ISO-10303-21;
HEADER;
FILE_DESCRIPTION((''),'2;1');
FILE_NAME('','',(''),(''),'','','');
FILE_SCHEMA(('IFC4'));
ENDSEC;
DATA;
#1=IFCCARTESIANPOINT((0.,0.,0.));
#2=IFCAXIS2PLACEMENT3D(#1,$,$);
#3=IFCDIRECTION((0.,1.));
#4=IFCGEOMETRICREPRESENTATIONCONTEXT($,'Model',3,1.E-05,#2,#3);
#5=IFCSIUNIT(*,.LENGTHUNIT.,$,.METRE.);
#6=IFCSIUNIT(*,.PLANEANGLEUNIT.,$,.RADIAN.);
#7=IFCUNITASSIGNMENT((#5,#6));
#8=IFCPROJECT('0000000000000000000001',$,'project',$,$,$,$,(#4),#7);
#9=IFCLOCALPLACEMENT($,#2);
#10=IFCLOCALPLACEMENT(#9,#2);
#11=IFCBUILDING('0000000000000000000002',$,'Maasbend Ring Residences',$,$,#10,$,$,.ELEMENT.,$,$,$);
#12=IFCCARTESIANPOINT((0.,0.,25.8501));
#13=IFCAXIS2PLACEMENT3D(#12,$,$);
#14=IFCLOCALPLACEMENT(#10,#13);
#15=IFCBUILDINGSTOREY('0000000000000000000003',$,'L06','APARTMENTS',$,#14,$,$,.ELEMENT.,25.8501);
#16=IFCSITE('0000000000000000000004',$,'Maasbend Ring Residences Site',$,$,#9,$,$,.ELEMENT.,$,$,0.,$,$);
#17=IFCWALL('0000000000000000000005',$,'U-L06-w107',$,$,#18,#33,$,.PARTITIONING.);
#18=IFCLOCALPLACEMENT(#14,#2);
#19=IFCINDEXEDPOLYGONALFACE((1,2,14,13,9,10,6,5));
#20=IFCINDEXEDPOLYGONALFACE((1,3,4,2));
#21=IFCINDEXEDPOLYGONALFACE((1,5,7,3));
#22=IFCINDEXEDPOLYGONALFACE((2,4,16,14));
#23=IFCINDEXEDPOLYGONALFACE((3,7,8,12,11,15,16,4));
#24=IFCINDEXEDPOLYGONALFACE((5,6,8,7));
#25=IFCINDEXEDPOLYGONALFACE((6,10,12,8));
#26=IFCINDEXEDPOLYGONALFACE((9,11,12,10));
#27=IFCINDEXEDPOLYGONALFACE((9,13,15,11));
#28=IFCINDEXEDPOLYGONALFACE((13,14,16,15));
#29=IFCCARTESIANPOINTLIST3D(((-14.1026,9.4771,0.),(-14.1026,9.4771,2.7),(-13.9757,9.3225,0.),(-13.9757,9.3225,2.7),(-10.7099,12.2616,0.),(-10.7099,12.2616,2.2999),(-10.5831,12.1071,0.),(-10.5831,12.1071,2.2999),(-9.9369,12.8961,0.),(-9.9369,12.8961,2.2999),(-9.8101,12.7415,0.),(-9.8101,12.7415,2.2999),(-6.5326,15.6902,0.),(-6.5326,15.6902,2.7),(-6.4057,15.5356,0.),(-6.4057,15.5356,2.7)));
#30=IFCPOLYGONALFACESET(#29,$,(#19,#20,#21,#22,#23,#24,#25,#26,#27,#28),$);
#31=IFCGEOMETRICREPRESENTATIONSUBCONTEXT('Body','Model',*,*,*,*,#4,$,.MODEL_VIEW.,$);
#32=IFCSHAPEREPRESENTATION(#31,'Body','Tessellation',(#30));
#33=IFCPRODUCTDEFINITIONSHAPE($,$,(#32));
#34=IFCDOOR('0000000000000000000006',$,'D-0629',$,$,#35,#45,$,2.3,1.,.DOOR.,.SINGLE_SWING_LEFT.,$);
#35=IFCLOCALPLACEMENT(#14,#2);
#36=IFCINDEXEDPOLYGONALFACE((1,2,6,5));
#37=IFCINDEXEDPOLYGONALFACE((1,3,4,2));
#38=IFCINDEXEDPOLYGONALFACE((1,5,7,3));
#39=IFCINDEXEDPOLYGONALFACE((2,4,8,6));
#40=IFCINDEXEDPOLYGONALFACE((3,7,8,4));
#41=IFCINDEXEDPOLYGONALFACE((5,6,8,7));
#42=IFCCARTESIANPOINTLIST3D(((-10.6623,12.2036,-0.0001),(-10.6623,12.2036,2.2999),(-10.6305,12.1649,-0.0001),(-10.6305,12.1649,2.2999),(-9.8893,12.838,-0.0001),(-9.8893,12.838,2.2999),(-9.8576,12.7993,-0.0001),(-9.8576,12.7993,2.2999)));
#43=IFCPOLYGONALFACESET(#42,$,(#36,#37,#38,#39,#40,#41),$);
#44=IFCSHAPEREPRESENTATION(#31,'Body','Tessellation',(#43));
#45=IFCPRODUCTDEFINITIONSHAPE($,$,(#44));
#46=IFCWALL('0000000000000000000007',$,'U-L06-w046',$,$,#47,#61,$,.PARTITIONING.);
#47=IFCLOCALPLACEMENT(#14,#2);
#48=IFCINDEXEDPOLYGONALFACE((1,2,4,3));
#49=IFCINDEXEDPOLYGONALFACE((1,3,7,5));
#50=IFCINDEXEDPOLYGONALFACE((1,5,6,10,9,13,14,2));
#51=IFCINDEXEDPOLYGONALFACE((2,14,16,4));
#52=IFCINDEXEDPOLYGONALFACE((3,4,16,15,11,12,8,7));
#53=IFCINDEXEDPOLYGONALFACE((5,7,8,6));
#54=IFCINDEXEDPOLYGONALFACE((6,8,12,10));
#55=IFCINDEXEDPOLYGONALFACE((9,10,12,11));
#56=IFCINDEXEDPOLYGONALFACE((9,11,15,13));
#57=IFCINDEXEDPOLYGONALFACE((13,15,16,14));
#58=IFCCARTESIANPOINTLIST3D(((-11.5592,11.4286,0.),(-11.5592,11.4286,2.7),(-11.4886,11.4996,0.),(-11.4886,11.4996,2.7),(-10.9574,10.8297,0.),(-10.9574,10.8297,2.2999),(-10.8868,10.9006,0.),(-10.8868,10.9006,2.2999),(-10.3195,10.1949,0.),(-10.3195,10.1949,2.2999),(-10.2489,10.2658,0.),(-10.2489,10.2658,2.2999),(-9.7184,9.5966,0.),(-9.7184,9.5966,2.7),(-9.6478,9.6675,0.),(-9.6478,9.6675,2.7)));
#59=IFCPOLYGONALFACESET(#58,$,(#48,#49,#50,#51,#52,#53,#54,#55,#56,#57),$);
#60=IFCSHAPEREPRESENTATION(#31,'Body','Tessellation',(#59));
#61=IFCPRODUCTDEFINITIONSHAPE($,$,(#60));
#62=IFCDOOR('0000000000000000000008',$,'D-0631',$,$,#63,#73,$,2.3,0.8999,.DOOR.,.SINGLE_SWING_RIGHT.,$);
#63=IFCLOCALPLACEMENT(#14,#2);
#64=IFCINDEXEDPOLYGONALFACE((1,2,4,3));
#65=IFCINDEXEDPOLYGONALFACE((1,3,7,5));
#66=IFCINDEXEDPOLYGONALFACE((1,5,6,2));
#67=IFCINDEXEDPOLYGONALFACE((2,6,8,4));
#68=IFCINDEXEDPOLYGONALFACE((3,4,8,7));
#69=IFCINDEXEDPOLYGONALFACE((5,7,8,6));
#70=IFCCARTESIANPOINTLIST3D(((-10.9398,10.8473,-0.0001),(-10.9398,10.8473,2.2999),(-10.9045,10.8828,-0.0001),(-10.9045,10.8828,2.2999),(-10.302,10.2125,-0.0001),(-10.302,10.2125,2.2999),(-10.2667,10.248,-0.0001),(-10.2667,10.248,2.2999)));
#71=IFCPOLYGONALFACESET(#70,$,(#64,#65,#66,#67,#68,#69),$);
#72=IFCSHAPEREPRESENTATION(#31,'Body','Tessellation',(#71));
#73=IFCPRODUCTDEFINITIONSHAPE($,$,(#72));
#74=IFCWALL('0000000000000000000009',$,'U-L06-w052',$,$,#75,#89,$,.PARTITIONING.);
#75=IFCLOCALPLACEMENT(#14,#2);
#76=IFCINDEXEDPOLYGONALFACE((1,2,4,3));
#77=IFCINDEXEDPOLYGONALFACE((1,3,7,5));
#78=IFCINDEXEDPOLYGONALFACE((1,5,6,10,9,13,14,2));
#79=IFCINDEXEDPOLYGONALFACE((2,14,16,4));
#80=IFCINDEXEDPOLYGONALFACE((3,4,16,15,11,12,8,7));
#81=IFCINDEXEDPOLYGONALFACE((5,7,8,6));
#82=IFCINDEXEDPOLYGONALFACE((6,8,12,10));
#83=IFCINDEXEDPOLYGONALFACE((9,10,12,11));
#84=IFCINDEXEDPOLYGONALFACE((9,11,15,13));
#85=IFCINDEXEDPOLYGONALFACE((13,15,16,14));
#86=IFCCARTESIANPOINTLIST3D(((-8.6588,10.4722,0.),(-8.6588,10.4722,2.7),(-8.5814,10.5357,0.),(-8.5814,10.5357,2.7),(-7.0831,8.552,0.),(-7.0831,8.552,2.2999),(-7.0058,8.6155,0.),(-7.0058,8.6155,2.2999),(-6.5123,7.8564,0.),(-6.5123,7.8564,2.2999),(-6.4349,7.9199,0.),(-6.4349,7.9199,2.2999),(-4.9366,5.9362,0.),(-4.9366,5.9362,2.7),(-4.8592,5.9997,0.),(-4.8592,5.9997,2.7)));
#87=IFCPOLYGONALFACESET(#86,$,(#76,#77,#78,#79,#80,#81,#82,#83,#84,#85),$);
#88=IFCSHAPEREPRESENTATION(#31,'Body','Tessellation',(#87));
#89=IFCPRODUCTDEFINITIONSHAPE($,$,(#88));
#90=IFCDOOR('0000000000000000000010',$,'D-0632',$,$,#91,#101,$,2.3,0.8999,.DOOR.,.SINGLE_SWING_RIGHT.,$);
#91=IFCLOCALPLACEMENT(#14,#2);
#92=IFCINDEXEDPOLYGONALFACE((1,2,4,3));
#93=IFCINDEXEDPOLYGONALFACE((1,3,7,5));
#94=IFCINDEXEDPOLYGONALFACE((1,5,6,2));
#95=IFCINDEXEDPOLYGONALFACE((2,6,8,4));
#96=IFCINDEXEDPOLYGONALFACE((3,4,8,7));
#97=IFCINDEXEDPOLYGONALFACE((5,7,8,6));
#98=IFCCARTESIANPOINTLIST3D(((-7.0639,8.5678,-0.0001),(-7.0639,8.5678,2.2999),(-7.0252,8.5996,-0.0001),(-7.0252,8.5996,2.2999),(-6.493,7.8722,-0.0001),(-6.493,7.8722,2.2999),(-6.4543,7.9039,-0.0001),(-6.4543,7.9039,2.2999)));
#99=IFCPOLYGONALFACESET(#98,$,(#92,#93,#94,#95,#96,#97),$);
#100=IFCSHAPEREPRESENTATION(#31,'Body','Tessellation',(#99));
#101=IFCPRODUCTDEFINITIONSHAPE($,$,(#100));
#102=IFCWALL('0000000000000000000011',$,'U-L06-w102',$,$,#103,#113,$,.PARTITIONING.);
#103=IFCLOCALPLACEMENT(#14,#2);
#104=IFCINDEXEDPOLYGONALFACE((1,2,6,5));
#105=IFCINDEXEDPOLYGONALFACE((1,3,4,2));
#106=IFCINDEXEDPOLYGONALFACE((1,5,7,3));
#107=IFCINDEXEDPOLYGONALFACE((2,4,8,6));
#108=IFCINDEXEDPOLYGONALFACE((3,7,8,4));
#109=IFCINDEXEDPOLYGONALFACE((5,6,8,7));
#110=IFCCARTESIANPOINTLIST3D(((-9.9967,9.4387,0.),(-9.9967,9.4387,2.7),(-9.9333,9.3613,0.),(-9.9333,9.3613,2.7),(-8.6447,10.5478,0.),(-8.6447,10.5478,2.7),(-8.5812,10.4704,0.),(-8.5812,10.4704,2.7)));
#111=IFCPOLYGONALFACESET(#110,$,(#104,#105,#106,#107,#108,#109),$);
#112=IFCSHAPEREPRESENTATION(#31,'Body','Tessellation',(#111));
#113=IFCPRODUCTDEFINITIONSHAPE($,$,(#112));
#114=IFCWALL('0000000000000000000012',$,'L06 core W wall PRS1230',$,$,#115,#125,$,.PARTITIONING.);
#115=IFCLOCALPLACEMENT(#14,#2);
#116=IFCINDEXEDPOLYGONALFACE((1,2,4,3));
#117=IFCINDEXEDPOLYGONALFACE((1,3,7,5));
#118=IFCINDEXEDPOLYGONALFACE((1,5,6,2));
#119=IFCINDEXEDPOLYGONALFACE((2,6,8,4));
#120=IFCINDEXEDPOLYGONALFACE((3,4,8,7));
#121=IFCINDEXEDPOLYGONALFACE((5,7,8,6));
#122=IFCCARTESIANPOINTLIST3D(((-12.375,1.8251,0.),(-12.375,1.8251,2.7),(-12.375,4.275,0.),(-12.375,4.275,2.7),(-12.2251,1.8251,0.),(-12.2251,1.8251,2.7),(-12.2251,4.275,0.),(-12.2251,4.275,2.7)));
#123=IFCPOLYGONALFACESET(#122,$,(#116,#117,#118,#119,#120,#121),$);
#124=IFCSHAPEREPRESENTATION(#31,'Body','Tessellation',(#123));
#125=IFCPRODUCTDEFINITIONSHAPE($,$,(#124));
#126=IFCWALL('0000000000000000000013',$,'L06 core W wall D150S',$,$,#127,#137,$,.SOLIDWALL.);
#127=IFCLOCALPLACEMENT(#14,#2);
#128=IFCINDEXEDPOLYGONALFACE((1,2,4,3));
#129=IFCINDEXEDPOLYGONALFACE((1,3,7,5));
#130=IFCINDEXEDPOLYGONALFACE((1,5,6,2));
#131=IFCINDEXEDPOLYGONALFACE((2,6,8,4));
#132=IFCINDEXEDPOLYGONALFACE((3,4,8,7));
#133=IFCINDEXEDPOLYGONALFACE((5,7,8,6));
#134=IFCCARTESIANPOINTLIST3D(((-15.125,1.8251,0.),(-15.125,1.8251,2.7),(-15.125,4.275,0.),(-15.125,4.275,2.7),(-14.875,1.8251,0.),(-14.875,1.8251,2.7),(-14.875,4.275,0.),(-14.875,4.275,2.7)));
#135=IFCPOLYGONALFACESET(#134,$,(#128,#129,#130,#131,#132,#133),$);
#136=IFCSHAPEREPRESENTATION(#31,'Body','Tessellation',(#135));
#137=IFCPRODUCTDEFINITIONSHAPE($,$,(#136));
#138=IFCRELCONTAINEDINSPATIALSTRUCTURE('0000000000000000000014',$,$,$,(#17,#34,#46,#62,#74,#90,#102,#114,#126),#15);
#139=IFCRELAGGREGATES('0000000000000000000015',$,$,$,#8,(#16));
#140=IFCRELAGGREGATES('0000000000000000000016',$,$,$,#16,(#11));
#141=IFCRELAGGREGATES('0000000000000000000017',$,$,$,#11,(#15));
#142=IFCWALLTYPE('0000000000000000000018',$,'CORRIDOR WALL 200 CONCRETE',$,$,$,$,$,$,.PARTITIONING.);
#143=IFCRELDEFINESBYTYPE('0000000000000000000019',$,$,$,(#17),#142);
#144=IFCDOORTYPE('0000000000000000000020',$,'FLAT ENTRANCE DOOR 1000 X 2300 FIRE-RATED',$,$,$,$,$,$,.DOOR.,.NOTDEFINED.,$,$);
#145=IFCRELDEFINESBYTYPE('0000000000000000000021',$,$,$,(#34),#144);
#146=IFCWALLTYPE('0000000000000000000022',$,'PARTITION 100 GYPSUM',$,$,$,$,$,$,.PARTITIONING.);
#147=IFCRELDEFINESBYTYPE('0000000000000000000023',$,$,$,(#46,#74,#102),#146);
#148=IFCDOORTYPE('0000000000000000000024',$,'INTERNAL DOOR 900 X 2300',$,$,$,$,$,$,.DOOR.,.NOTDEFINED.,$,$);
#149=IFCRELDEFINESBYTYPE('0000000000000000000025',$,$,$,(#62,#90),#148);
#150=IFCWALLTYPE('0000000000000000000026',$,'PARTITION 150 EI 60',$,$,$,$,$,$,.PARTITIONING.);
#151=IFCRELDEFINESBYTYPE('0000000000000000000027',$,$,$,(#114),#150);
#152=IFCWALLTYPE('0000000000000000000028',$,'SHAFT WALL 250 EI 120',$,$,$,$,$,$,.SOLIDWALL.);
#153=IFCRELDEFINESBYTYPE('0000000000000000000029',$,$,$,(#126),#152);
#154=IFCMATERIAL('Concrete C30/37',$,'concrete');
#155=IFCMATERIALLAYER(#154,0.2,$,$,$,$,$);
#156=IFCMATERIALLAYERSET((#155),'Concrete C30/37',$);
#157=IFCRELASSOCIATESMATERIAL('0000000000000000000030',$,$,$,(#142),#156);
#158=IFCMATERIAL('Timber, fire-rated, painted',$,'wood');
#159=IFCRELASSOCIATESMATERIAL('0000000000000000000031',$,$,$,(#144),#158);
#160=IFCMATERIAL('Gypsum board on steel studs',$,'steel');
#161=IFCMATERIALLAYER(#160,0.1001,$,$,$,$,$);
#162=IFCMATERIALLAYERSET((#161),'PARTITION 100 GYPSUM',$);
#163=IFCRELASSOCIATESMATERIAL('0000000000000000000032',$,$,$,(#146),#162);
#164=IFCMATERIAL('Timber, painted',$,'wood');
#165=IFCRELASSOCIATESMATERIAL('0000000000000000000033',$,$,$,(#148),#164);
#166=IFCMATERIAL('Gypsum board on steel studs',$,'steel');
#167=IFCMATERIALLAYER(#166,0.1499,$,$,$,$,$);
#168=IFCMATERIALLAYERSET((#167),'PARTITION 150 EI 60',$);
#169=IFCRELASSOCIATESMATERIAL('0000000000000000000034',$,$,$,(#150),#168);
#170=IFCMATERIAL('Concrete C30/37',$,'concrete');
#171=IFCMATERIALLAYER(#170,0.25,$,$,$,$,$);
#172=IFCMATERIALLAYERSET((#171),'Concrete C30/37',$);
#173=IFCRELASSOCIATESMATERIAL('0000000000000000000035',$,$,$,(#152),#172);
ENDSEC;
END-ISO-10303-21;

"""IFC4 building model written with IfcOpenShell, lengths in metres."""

from ifc_helpers import new_model, si_unit, direction, frame, frame_2d, origin, place, context, subcontext, project, spatial, rectangle, extrude, material, layer, layer_set, type_object, element, fill, save


model = new_model("IFC4")

# Units and contexts
model_context = context("Model", 3, precision=1e-05, world=origin(), true_north=direction((0.0, 1.0)))
body_context = subcontext(model_context, "Body", "Model", "MODEL_VIEW")
ifc_project = project(units=[si_unit("LENGTHUNIT", "METRE"), si_unit("PLANEANGLEUNIT", "RADIAN")], contexts=[model_context])

# Site, building, storey
site_placement = place(None, origin())
site = spatial("IfcSite", under=ifc_project, at=site_placement, Name="Maasbend Ring Residences Site", CompositionType="ELEMENT", RefElevation=0.0)
building_placement = place(site_placement, origin())
building = spatial("IfcBuilding", under=site, at=building_placement, Name="Maasbend Ring Residences", CompositionType="ELEMENT")
storey_placement = place(building_placement, frame((0.0, 0.0, 25.8501)))
storey = spatial("IfcBuildingStorey", under=building, at=storey_placement, Name="L06", Description="APARTMENTS", CompositionType="ELEMENT", Elevation=25.8501)

# Walls, openings, doors
ifc_material_1 = material(Name="Concrete C30/37", Category="concrete")
ifc_layer_1 = layer(ifc_material_1, 0.2)
ifc_layer_set_1 = layer_set([ifc_layer_1], Name="Concrete C30/37")
wall_type_1 = type_object("IfcWallType", Name="CORRIDOR WALL 200 CONCRETE", PredefinedType="PARTITIONING", material=ifc_layer_set_1)
wall_1_placement = place(storey_placement, frame((-14.0391, 9.3999, 0.0), z_axis=(0.0, 0.0, 1.0), x_axis=(0.772983, 0.634426, 0.0)))
wall_1 = element("IfcWall", 1, at=wall_1_placement, inside=storey, type_object=wall_type_1, Name="U-L06-w107", PredefinedType="PARTITIONING", context=body_context, shape_type="SweptSolid", body=[
    extrude(rectangle(XDim=9.7932, YDim=0.2, at=frame_2d((4.8965, 0.0))), origin(), (0.0, 0.0, 1.0), 2.7),
])
opening_1_placement = place(wall_1_placement, frame((4.3889, 0.0, 0.0)))
opening_1 = element("IfcOpeningElement", 2, at=opening_1_placement, cuts=wall_1, PredefinedType="OPENING", context=body_context, shape_type="SweptSolid", body=[
    extrude(rectangle(XDim=1.0, YDim=2.3, at=frame_2d((0.5, 1.1499))), frame((0.0, 0.1099, 0.0), z_axis=(0.0, -1.0, 0.0), x_axis=(1.0, 0.0, 0.0)), (0.0, 0.0, 1.0), 0.22),
])
ifc_material_2 = material(Name="Timber, fire-rated, painted", Category="wood")
door_type_1 = type_object("IfcDoorType", Name="FLAT ENTRANCE DOOR 1000 X 2300 FIRE-RATED", OperationType="NOTDEFINED", PredefinedType="DOOR", material=ifc_material_2)
door_1_placement = place(opening_1_placement, origin())
door_1 = element("IfcDoor", 3, at=door_1_placement, inside=storey, type_object=door_type_1, Name="D-0629", OperationType="SINGLE_SWING_LEFT", OverallHeight=2.3, OverallWidth=1.0, PredefinedType="DOOR", context=body_context, shape_type="SweptSolid", body=[
    extrude(rectangle(XDim=1.0, YDim=2.3, at=frame_2d((0.5, 1.1499))), frame((0.0, 0.0249, 0.0), z_axis=(0.0, -1.0, 0.0), x_axis=(1.0, 0.0, 0.0)), (0.0, 0.0, 1.0), 0.05),
])
fill(opening_1, door_1)
ifc_material_3 = material(Name="Gypsum board on steel studs", Category="steel")
ifc_layer_2 = layer(ifc_material_3, 0.1001)
ifc_layer_set_2 = layer_set([ifc_layer_2], Name="PARTITION 100 GYPSUM")
wall_type_2 = type_object("IfcWallType", Name="PARTITION 100 GYPSUM", PredefinedType="PARTITIONING", material=ifc_layer_set_2)
wall_2_placement = place(storey_placement, frame((-11.5239, 11.4641, 0.0), z_axis=(0.0, 0.0, 1.0), x_axis=(0.708797, -0.705413, 0.0)))
wall_2 = element("IfcWall", 4, at=wall_2_placement, inside=storey, type_object=wall_type_2, Name="U-L06-w046", PredefinedType="PARTITIONING", context=body_context, shape_type="SweptSolid", body=[
    extrude(rectangle(XDim=2.5972, YDim=0.1001, at=frame_2d((1.2986, 0.0))), origin(), (0.0, 0.0, 1.0), 2.7),
])
opening_2_placement = place(wall_2_placement, frame((0.8491, 0.0, 0.0)))
opening_2 = element("IfcOpeningElement", 5, at=opening_2_placement, cuts=wall_2, PredefinedType="OPENING", context=body_context, shape_type="SweptSolid", body=[
    extrude(rectangle(XDim=0.8999, YDim=2.3, at=frame_2d((0.45, 1.1499))), frame((0.0, 0.0601, 0.0), z_axis=(0.0, -1.0, 0.0), x_axis=(1.0, 0.0, 0.0)), (0.0, 0.0, 1.0), 0.1201),
])
ifc_material_4 = material(Name="Timber, painted", Category="wood")
door_type_2 = type_object("IfcDoorType", Name="INTERNAL DOOR 900 X 2300", OperationType="NOTDEFINED", PredefinedType="DOOR", material=ifc_material_4)
door_2_placement = place(opening_2_placement, origin())
door_2 = element("IfcDoor", 6, at=door_2_placement, inside=storey, type_object=door_type_2, Name="D-0631", OperationType="SINGLE_SWING_RIGHT", OverallHeight=2.3, OverallWidth=0.8999, PredefinedType="DOOR", context=body_context, shape_type="SweptSolid", body=[
    extrude(rectangle(XDim=0.8999, YDim=2.3, at=frame_2d((0.45, 1.1499))), frame((0.0, 0.0249, 0.0), z_axis=(0.0, -1.0, 0.0), x_axis=(1.0, 0.0, 0.0)), (0.0, 0.0, 1.0), 0.05),
])
fill(opening_2, door_2)
wall_3_placement = place(storey_placement, frame((-8.6201, 10.5039, 0.0), z_axis=(0.0, 0.0, 1.0), x_axis=(0.634359, -0.773039, 0.0)))
wall_3 = element("IfcWall", 7, at=wall_3_placement, inside=storey, type_object=wall_type_2, Name="U-L06-w052", PredefinedType="PARTITIONING", context=body_context, shape_type="SweptSolid", body=[
    extrude(rectangle(XDim=5.8677, YDim=0.1001, at=frame_2d((2.9338, 0.0))), origin(), (0.0, 0.0, 1.0), 2.7),
])
opening_3_placement = place(wall_3_placement, frame((2.4839, 0.0, 0.0)))
opening_3 = element("IfcOpeningElement", 8, at=opening_3_placement, cuts=wall_3, PredefinedType="OPENING", context=body_context, shape_type="SweptSolid", body=[
    extrude(rectangle(XDim=0.8999, YDim=2.3, at=frame_2d((0.45, 1.1499))), frame((0.0, 0.0601, 0.0), z_axis=(0.0, -1.0, 0.0), x_axis=(1.0, 0.0, 0.0)), (0.0, 0.0, 1.0), 0.1201),
])
door_3_placement = place(opening_3_placement, origin())
door_3 = element("IfcDoor", 9, at=door_3_placement, inside=storey, type_object=door_type_2, Name="D-0632", OperationType="SINGLE_SWING_RIGHT", OverallHeight=2.3, OverallWidth=0.8999, PredefinedType="DOOR", context=body_context, shape_type="SweptSolid", body=[
    extrude(rectangle(XDim=0.8999, YDim=2.3, at=frame_2d((0.45, 1.1499))), frame((0.0, 0.0249, 0.0), z_axis=(0.0, -1.0, 0.0), x_axis=(1.0, 0.0, 0.0)), (0.0, 0.0, 1.0), 0.05),
])
fill(opening_3, door_3)

# Walls
wall_4_placement = place(storey_placement, frame((-9.9651, 9.3999, 0.0), z_axis=(0.0, 0.0, 1.0), x_axis=(0.773142, 0.634233, 0.0)))
element("IfcWall", 10, at=wall_4_placement, inside=storey, type_object=wall_type_2, Name="U-L06-w102", PredefinedType="PARTITIONING", context=body_context, shape_type="SweptSolid", body=[
    extrude(rectangle(XDim=1.7488, YDim=0.1001, at=frame_2d((0.8745, 0.0))), origin(), (0.0, 0.0, 1.0), 2.7),
])
ifc_material_5 = material(Name="Gypsum board on steel studs", Category="steel")
ifc_layer_3 = layer(ifc_material_5, 0.1499)
ifc_layer_set_3 = layer_set([ifc_layer_3], Name="PARTITION 150 EI 60")
wall_type_3 = type_object("IfcWallType", Name="PARTITION 150 EI 60", PredefinedType="PARTITIONING", material=ifc_layer_set_3)
wall_5_placement = place(storey_placement, frame((-12.3, 1.825, 0.0), z_axis=(0.0, 0.0, 1.0), x_axis=(0.0, 1.0, 0.0)))
element("IfcWall", 11, at=wall_5_placement, inside=storey, type_object=wall_type_3, Name="L06 core W wall PRS1230", PredefinedType="PARTITIONING", context=body_context, shape_type="SweptSolid", body=[
    extrude(rectangle(XDim=2.45, YDim=0.1499, at=frame_2d((1.2251, 0.0))), origin(), (0.0, 0.0, 1.0), 2.7),
])
ifc_material_6 = material(Name="Concrete C30/37", Category="concrete")
ifc_layer_4 = layer(ifc_material_6, 0.25)
ifc_layer_set_4 = layer_set([ifc_layer_4], Name="Concrete C30/37")
wall_type_4 = type_object("IfcWallType", Name="SHAFT WALL 250 EI 120", PredefinedType="SOLIDWALL", material=ifc_layer_set_4)
wall_6_placement = place(storey_placement, frame((-15.0, 1.825, 0.0), z_axis=(0.0, 0.0, 1.0), x_axis=(0.0, 1.0, 0.0)))
element("IfcWall", 12, at=wall_6_placement, inside=storey, type_object=wall_type_4, Name="L06 core W wall D150S", PredefinedType="SOLIDWALL", context=body_context, shape_type="SweptSolid", body=[
    extrude(rectangle(XDim=2.45, YDim=0.25, at=frame_2d((1.2251, 0.0))), origin(), (0.0, 0.0, 1.0), 2.7),
])

save(model, "model.ifc")
